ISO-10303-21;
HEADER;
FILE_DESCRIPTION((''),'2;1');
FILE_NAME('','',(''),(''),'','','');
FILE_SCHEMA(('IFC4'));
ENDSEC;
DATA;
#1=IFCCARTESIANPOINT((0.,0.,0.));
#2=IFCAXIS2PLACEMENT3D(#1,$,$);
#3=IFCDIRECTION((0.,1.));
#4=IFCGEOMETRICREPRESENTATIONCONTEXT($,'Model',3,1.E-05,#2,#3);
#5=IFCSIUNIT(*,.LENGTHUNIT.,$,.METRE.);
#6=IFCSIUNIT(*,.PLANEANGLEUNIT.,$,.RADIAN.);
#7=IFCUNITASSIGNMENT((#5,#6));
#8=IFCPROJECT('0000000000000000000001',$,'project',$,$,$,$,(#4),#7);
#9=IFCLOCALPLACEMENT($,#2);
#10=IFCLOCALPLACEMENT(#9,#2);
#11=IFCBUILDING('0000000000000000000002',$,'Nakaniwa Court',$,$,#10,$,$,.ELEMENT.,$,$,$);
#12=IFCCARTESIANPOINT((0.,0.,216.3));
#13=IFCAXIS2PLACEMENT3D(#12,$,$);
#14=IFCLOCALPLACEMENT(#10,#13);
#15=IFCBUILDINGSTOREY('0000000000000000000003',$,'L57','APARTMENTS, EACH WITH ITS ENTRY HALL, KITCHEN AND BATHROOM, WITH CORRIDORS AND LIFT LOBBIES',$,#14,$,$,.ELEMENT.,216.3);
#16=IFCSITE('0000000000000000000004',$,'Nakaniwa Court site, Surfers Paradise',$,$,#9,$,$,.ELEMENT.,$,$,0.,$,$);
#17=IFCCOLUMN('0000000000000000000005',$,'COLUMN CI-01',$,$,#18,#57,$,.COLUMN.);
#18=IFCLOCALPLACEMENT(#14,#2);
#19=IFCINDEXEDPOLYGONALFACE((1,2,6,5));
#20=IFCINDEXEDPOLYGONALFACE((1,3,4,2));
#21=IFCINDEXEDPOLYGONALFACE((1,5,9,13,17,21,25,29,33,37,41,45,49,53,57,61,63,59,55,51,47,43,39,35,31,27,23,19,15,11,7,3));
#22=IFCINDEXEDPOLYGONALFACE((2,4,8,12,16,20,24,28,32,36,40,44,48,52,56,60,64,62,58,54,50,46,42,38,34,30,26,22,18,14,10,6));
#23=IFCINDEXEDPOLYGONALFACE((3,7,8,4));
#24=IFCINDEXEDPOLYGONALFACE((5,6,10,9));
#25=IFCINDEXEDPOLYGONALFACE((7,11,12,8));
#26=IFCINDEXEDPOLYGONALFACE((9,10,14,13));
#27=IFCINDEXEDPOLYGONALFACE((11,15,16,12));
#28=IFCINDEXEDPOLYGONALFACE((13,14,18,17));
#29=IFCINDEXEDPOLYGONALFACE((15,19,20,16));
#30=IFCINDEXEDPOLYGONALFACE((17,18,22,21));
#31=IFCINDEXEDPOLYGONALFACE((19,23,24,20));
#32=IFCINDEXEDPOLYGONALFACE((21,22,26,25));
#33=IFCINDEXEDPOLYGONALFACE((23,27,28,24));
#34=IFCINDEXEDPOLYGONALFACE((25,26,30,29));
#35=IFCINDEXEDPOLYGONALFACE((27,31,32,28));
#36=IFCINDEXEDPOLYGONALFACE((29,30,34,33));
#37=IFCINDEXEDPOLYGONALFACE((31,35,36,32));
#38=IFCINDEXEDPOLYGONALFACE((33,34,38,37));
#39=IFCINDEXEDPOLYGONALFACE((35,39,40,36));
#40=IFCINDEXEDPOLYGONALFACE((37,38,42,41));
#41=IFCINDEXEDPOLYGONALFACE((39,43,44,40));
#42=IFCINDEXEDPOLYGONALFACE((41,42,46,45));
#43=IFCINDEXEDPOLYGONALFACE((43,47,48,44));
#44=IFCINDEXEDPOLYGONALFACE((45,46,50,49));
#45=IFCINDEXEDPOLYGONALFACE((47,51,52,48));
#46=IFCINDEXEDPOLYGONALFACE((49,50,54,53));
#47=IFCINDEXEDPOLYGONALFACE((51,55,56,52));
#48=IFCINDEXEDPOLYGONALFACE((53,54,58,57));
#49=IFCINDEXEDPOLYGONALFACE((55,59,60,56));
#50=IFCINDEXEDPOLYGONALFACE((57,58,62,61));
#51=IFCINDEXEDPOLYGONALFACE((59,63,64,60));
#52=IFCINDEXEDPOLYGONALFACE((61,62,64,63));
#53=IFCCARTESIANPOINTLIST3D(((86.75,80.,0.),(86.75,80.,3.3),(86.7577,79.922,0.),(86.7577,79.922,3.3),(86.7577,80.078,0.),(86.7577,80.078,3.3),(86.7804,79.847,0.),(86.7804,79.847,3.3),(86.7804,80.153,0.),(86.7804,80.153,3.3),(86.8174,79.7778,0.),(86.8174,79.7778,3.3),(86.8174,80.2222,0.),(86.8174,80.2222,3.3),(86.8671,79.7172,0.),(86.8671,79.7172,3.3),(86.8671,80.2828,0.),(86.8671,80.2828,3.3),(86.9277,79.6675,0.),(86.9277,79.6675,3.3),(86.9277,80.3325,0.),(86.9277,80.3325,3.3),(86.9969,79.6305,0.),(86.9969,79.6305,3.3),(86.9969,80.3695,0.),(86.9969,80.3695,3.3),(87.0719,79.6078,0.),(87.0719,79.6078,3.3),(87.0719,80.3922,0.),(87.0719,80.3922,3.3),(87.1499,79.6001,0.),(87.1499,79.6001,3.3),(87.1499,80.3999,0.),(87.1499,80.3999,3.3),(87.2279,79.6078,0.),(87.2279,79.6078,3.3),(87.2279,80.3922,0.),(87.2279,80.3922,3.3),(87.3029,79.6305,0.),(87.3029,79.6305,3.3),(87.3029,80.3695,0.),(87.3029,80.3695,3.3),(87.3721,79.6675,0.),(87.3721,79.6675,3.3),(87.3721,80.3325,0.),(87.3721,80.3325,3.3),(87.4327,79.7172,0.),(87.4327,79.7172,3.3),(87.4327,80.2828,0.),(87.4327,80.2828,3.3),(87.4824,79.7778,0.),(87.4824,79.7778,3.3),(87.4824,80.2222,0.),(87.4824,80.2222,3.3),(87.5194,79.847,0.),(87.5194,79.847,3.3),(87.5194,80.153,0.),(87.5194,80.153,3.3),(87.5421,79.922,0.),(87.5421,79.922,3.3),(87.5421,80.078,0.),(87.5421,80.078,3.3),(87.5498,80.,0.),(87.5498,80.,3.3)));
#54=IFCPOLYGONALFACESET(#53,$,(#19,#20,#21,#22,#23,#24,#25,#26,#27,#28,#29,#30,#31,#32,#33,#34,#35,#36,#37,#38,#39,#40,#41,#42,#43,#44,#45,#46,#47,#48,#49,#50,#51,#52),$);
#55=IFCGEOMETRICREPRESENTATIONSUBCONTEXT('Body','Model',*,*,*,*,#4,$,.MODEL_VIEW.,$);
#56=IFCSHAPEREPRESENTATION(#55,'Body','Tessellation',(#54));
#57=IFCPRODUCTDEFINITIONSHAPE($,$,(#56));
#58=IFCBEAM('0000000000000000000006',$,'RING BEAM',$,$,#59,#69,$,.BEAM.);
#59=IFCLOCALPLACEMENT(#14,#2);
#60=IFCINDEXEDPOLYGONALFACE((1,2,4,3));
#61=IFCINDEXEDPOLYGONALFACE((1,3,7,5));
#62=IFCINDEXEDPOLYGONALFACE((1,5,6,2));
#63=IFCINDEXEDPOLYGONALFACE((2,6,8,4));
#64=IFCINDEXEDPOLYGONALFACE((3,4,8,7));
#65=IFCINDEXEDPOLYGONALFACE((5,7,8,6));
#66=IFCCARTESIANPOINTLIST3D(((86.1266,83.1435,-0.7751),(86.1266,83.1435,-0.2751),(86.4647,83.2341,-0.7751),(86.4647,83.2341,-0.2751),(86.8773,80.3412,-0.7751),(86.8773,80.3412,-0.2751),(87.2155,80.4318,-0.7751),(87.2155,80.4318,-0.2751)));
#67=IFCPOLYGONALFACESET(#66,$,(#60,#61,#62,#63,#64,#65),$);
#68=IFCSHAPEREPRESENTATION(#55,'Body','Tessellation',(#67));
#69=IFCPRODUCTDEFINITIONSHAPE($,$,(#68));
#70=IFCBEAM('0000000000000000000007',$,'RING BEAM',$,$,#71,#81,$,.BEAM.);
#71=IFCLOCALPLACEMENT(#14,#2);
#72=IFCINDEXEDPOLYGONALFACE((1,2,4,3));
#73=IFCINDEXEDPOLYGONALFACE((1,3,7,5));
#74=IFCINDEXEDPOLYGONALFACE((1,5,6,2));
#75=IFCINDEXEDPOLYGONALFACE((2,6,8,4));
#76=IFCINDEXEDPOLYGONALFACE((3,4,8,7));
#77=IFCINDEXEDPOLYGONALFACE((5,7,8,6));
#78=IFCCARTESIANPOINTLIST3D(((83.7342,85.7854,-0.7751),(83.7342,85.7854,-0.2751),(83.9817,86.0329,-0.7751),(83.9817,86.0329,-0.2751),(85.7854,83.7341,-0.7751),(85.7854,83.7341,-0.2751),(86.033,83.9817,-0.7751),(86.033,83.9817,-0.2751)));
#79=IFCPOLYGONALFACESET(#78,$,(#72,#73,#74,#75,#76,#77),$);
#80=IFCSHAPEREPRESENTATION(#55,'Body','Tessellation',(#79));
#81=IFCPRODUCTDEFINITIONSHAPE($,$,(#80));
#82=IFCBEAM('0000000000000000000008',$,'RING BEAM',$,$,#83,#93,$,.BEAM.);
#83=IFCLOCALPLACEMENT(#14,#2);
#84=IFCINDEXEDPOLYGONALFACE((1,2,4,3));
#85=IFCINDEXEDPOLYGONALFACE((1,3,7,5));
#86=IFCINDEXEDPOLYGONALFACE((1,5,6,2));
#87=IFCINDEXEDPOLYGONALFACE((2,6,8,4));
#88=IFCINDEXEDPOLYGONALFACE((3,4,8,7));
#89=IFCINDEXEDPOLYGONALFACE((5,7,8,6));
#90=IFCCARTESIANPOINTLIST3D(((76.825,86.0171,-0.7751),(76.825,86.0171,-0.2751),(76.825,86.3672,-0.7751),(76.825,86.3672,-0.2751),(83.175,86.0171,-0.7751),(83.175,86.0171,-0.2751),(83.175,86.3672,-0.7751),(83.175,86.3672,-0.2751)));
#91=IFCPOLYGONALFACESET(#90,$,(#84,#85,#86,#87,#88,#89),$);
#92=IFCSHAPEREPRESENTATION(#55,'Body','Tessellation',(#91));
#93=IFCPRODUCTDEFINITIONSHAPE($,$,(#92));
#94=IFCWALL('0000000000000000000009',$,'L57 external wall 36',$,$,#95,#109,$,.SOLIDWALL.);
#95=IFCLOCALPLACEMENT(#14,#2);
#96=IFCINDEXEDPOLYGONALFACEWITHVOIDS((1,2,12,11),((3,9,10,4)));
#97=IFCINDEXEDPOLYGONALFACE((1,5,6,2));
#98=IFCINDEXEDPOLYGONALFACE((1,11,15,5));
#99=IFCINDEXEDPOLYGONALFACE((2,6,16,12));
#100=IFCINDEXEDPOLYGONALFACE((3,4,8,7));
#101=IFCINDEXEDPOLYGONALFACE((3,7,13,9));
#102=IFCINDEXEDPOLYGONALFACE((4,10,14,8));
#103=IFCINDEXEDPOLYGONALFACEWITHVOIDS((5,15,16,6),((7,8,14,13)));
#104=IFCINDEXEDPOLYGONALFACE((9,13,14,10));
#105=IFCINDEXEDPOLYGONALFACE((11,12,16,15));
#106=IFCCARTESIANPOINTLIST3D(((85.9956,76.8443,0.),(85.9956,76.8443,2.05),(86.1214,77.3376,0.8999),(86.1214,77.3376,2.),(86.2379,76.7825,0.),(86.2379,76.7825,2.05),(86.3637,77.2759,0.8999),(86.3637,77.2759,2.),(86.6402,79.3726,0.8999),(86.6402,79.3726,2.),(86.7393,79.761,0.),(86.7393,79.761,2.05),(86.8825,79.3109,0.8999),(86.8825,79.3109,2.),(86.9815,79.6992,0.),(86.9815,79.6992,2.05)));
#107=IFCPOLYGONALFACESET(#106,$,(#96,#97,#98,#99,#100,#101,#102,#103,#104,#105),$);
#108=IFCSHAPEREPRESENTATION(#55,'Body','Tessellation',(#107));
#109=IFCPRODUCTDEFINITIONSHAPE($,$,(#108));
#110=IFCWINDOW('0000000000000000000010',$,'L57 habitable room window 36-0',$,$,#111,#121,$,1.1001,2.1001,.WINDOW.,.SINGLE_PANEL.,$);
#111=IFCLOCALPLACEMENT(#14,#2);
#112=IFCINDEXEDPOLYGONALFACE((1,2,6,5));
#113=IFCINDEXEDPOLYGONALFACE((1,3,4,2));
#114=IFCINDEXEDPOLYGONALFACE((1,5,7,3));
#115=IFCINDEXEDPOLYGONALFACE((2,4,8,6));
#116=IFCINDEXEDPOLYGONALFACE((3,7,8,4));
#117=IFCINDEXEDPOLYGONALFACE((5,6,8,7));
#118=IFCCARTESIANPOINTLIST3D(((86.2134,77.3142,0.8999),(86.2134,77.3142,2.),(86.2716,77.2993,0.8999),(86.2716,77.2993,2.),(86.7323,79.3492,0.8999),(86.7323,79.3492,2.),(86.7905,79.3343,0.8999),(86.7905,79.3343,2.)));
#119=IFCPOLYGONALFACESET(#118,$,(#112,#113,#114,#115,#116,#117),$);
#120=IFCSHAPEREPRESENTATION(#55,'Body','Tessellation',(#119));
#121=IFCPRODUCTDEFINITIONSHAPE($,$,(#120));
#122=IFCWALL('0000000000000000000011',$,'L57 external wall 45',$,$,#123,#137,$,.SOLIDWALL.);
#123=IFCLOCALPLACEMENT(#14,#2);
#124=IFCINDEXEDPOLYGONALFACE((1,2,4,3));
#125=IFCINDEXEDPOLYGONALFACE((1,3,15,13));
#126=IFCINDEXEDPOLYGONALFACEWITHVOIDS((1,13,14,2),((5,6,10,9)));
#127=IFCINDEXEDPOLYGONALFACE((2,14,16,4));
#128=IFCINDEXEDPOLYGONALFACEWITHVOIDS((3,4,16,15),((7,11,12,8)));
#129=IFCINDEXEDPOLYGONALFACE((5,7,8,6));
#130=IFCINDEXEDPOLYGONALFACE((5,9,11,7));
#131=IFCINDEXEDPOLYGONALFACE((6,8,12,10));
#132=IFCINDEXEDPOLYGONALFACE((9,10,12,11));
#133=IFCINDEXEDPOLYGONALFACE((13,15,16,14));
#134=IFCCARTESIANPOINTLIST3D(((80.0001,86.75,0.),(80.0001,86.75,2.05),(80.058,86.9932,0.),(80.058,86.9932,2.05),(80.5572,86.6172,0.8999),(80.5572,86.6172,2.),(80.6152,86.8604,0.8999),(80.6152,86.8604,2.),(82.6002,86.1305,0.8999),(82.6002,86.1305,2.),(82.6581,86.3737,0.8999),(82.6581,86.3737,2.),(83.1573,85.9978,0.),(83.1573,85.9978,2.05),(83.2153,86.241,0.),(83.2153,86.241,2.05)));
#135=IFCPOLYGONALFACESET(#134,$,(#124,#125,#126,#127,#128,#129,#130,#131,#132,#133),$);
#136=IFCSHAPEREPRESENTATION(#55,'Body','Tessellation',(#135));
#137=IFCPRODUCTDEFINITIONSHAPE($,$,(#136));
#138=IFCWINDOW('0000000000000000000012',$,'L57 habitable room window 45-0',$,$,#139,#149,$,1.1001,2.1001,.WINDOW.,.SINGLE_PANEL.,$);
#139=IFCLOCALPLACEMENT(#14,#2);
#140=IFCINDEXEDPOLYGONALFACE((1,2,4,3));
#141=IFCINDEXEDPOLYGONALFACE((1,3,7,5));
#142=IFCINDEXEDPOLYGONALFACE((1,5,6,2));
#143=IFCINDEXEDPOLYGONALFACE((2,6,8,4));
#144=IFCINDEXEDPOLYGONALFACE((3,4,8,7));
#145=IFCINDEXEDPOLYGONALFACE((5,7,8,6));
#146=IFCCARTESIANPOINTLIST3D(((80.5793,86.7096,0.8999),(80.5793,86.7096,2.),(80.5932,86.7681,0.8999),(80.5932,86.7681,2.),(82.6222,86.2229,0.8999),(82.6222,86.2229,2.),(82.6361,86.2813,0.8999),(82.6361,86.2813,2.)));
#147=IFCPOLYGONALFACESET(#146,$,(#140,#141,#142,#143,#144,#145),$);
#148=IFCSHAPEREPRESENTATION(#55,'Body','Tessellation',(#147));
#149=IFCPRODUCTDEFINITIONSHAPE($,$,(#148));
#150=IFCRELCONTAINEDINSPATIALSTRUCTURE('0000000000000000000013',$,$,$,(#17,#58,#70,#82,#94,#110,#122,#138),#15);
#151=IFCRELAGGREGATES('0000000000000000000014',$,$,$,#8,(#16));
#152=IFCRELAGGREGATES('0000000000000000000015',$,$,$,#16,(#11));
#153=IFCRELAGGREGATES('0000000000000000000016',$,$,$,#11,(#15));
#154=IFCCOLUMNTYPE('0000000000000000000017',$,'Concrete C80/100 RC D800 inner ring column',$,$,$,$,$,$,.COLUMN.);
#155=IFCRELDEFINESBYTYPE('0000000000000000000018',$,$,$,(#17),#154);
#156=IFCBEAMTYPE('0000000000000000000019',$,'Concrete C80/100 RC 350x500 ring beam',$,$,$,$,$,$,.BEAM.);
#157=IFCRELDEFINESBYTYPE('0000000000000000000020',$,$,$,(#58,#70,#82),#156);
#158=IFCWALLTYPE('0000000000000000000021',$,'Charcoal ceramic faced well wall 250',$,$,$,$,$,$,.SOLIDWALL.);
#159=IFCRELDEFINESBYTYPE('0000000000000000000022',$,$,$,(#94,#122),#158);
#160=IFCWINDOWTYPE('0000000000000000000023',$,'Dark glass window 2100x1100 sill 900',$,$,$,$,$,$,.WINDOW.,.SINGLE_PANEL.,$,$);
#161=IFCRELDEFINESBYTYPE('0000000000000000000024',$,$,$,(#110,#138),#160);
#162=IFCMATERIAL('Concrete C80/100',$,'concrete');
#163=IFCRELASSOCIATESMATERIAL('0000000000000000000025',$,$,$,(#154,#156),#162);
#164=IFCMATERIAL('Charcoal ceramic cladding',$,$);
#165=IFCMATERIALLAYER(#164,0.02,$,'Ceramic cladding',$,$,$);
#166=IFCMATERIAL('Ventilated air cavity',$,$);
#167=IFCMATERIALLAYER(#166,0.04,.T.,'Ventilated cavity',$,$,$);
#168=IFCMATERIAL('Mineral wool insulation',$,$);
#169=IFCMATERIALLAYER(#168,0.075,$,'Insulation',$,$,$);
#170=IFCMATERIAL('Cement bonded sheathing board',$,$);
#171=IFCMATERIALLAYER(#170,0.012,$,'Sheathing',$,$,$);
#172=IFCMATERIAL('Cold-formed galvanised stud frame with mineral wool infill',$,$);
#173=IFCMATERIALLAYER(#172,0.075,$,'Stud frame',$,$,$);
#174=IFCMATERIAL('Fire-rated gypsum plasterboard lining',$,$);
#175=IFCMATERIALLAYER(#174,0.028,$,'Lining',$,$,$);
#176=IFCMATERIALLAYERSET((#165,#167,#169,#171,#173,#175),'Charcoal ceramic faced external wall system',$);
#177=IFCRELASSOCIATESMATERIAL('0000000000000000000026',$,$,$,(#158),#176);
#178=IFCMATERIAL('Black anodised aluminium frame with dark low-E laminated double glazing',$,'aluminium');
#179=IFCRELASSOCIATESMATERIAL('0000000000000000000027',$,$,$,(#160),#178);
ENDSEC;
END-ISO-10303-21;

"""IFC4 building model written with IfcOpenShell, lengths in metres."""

from ifc_helpers import new_model, si_unit, direction, frame, frame_2d, origin, origin_2d, place, context, subcontext, project, spatial, rectangle, circle, extrude, material, layer, layer_set, material_profile, profile_set, type_object, element, fill, save


model = new_model("IFC4")

# Units and contexts
model_context = context("Model", 3, precision=1e-05, world=origin(), true_north=direction((0.0, 1.0)))
body_context = subcontext(model_context, "Body", "Model", "MODEL_VIEW")
ifc_project = project(units=[si_unit("LENGTHUNIT", "METRE"), si_unit("PLANEANGLEUNIT", "RADIAN")], contexts=[model_context])

# Site, building, storey
site_placement = place(None, origin())
site = spatial("IfcSite", under=ifc_project, at=site_placement, Name="Nakaniwa Court site, Surfers Paradise", CompositionType="ELEMENT", RefElevation=0.0)
building_placement = place(site_placement, origin())
building = spatial("IfcBuilding", under=site, at=building_placement, Name="Nakaniwa Court", CompositionType="ELEMENT")
storey_placement = place(building_placement, frame((0.0, 0.0, 216.3)))
storey = spatial("IfcBuildingStorey", under=building, at=storey_placement, Name="L57", Description="APARTMENTS, EACH WITH ITS ENTRY HALL, KITCHEN AND BATHROOM, WITH CORRIDORS AND LIFT LOBBIES", CompositionType="ELEMENT", Elevation=216.3)

# Column
ifc_material_1 = material(Name="Concrete C80/100", Category="concrete")
ifc_material_profile_1 = material_profile(ifc_material_1, circle(Radius=0.3999, at=origin_2d()), Name="Concrete C80/100 RC D800 inner ring column")
ifc_profile_set_1 = profile_set([ifc_material_profile_1], Name="Concrete C80/100")
column_type = type_object("IfcColumnType", Name="Concrete C80/100 RC D800 inner ring column", PredefinedType="COLUMN", material=ifc_profile_set_1)
for number, where, z_axis, x_axis, name in (
    (1, (87.1499, 80.0, 0.0), (0.0, 0.0, 1.0), (0.0, 1.0, 0.0), "COLUMN CI-01"),
):
    element("IfcColumn", number, at=place(storey_placement, frame(where, z_axis=z_axis, x_axis=x_axis)), inside=storey, type_object=column_type, Name=name, PredefinedType="COLUMN", context=body_context, shape_type="SweptSolid", body=[
        extrude(circle(Radius=0.3999, at=origin_2d()), origin(), (0.0, 0.0, 1.0), 3.3),
    ])

# Beams
ifc_material_profile_2 = material_profile(ifc_material_1, rectangle(XDim=0.3501, YDim=0.5, at=origin_2d()), Name="Concrete C80/100 RC 350x500 ring beam")
ifc_profile_set_2 = profile_set([ifc_material_profile_2], Name="Concrete C80/100")
beam_type = type_object("IfcBeamType", Name="Concrete C80/100 RC 350x500 ring beam", PredefinedType="BEAM", material=ifc_profile_set_2)
beam_1_placement = place(storey_placement, frame((87.0464, 80.3865, -0.5251), z_axis=(-0.258778, 0.965937, 0.0), x_axis=(-0.965937, -0.258778, 0.0)))
element("IfcBeam", 2, at=beam_1_placement, inside=storey, type_object=beam_type, Name="RING BEAM", PredefinedType="BEAM", context=body_context, shape_type="SweptSolid", body=[
    extrude(rectangle(XDim=0.3501, YDim=0.5, at=origin_2d()), origin(), (0.0, 0.0, 1.0), 2.9011),
])
beam_2_placement = place(storey_placement, frame((85.9092, 83.8579, -0.5251), z_axis=(-0.707107, 0.707107, 0.0), x_axis=(-0.707107, -0.707107, 0.0)))
element("IfcBeam", 3, at=beam_2_placement, inside=storey, type_object=beam_type, Name="RING BEAM", PredefinedType="BEAM", context=body_context, shape_type="SweptSolid", body=[
    extrude(rectangle(XDim=0.3501, YDim=0.5, at=origin_2d()), origin(), (0.0, 0.0, 1.0), 2.9009),
])
beam_3_placement = place(storey_placement, frame((83.175, 86.1921, -0.5251), z_axis=(-1.0, 0.0, 0.0), x_axis=(0.0, -1.0, 0.0)))
element("IfcBeam", 4, at=beam_3_placement, inside=storey, type_object=beam_type, Name="RING BEAM", PredefinedType="BEAM", context=body_context, shape_type="SweptSolid", body=[
    extrude(rectangle(XDim=0.3501, YDim=0.5, at=origin_2d()), origin(), (0.0, 0.0, 1.0), 6.3501),
])

# Walls, openings, windows
ifc_material_2 = material(Name="Charcoal ceramic cladding")
ifc_layer_1 = layer(ifc_material_2, 0.02, Name="Ceramic cladding")
ifc_material_3 = material(Name="Ventilated air cavity")
ifc_layer_2 = layer(ifc_material_3, 0.04, ventilated=True, Name="Ventilated cavity")
ifc_material_4 = material(Name="Mineral wool insulation")
ifc_layer_3 = layer(ifc_material_4, 0.075, Name="Insulation")
ifc_material_5 = material(Name="Cement bonded sheathing board")
ifc_layer_4 = layer(ifc_material_5, 0.012, Name="Sheathing")
ifc_material_6 = material(Name="Cold-formed galvanised stud frame with mineral wool infill")
ifc_layer_5 = layer(ifc_material_6, 0.075, Name="Stud frame")
ifc_material_7 = material(Name="Fire-rated gypsum plasterboard lining")
ifc_layer_6 = layer(ifc_material_7, 0.028, Name="Lining")
ifc_layer_set_1 = layer_set([ifc_layer_1, ifc_layer_2, ifc_layer_3, ifc_layer_4, ifc_layer_5, ifc_layer_6], Name="Charcoal ceramic faced external wall system")
wall_type_1 = type_object("IfcWallType", Name="Charcoal ceramic faced well wall 250", PredefinedType="SOLIDWALL", material=ifc_layer_set_1)
wall_1_placement = place(storey_placement, frame((86.8604, 79.73, 0.0), z_axis=(0.0, 0.0, 1.0), x_axis=(-0.247056, -0.969001, 0.0)))
wall_1 = element("IfcWall", 5, at=wall_1_placement, inside=storey, type_object=wall_type_1, Name="L57 external wall 36", PredefinedType="SOLIDWALL", context=body_context, shape_type="SweptSolid", body=[
    extrude(rectangle(XDim=3.01, YDim=0.25, at=frame_2d((1.5049, 0.0))), origin(), (0.0, 0.0, 1.0), 2.05),
])
opening_1_placement = place(wall_1_placement, frame((0.4006, 0.0, 0.8999)))
opening_1 = element("IfcOpeningElement", 6, at=opening_1_placement, cuts=wall_1, PredefinedType="OPENING", context=body_context, shape_type="SweptSolid", body=[
    extrude(rectangle(XDim=2.1001, YDim=1.1001, at=frame_2d((1.05, 0.55))), frame((0.0, 0.135, 0.0), z_axis=(0.0, -1.0, 0.0), x_axis=(1.0, 0.0, 0.0)), (0.0, 0.0, 1.0), 0.27),
])
ifc_material_8 = material(Name="Black anodised aluminium frame with dark low-E laminated double glazing", Category="aluminium")
window_type = type_object("IfcWindowType", Name="Dark glass window 2100x1100 sill 900", PartitioningType="SINGLE_PANEL", PredefinedType="WINDOW", material=ifc_material_8)
window_1_placement = place(opening_1_placement, origin())
window_1 = element("IfcWindow", 7, at=window_1_placement, inside=storey, type_object=window_type, Name="L57 habitable room window 36-0", OverallHeight=1.1001, OverallWidth=2.1001, PartitioningType="SINGLE_PANEL", PredefinedType="WINDOW", context=body_context, shape_type="SweptSolid", body=[
    extrude(rectangle(XDim=2.1001, YDim=1.1001, at=frame_2d((1.05, 0.55))), frame((0.0, 0.03, 0.0), z_axis=(0.0, -1.0, 0.0), x_axis=(1.0, 0.0, 0.0)), (0.0, 0.0, 1.0), 0.0601),
])
fill(opening_1, window_1)
wall_2_placement = place(storey_placement, frame((80.0291, 86.8716, 0.0), z_axis=(0.0, 0.0, 1.0), x_axis=(0.972773, -0.23176, 0.0)))
wall_2 = element("IfcWall", 8, at=wall_2_placement, inside=storey, type_object=wall_type_1, Name="L57 external wall 45", PredefinedType="SOLIDWALL", context=body_context, shape_type="SweptSolid", body=[
    extrude(rectangle(XDim=3.2456, YDim=0.25, at=frame_2d((1.6228, 0.0))), origin(), (0.0, 0.0, 1.0), 2.05),
])
opening_2_placement = place(wall_2_placement, frame((0.5728, 0.0, 0.8999)))
opening_2 = element("IfcOpeningElement", 9, at=opening_2_placement, cuts=wall_2, PredefinedType="OPENING", context=body_context, shape_type="SweptSolid", body=[
    extrude(rectangle(XDim=2.1001, YDim=1.1001, at=frame_2d((1.05, 0.55))), frame((0.0, 0.135, 0.0), z_axis=(0.0, -1.0, 0.0), x_axis=(1.0, 0.0, 0.0)), (0.0, 0.0, 1.0), 0.27),
])
window_2_placement = place(opening_2_placement, origin())
window_2 = element("IfcWindow", 10, at=window_2_placement, inside=storey, type_object=window_type, Name="L57 habitable room window 45-0", OverallHeight=1.1001, OverallWidth=2.1001, PartitioningType="SINGLE_PANEL", PredefinedType="WINDOW", context=body_context, shape_type="SweptSolid", body=[
    extrude(rectangle(XDim=2.1001, YDim=1.1001, at=frame_2d((1.05, 0.55))), frame((0.0, 0.03, 0.0), z_axis=(0.0, -1.0, 0.0), x_axis=(1.0, 0.0, 0.0)), (0.0, 0.0, 1.0), 0.0601),
])
fill(opening_2, window_2)

save(model, "model.ifc")
